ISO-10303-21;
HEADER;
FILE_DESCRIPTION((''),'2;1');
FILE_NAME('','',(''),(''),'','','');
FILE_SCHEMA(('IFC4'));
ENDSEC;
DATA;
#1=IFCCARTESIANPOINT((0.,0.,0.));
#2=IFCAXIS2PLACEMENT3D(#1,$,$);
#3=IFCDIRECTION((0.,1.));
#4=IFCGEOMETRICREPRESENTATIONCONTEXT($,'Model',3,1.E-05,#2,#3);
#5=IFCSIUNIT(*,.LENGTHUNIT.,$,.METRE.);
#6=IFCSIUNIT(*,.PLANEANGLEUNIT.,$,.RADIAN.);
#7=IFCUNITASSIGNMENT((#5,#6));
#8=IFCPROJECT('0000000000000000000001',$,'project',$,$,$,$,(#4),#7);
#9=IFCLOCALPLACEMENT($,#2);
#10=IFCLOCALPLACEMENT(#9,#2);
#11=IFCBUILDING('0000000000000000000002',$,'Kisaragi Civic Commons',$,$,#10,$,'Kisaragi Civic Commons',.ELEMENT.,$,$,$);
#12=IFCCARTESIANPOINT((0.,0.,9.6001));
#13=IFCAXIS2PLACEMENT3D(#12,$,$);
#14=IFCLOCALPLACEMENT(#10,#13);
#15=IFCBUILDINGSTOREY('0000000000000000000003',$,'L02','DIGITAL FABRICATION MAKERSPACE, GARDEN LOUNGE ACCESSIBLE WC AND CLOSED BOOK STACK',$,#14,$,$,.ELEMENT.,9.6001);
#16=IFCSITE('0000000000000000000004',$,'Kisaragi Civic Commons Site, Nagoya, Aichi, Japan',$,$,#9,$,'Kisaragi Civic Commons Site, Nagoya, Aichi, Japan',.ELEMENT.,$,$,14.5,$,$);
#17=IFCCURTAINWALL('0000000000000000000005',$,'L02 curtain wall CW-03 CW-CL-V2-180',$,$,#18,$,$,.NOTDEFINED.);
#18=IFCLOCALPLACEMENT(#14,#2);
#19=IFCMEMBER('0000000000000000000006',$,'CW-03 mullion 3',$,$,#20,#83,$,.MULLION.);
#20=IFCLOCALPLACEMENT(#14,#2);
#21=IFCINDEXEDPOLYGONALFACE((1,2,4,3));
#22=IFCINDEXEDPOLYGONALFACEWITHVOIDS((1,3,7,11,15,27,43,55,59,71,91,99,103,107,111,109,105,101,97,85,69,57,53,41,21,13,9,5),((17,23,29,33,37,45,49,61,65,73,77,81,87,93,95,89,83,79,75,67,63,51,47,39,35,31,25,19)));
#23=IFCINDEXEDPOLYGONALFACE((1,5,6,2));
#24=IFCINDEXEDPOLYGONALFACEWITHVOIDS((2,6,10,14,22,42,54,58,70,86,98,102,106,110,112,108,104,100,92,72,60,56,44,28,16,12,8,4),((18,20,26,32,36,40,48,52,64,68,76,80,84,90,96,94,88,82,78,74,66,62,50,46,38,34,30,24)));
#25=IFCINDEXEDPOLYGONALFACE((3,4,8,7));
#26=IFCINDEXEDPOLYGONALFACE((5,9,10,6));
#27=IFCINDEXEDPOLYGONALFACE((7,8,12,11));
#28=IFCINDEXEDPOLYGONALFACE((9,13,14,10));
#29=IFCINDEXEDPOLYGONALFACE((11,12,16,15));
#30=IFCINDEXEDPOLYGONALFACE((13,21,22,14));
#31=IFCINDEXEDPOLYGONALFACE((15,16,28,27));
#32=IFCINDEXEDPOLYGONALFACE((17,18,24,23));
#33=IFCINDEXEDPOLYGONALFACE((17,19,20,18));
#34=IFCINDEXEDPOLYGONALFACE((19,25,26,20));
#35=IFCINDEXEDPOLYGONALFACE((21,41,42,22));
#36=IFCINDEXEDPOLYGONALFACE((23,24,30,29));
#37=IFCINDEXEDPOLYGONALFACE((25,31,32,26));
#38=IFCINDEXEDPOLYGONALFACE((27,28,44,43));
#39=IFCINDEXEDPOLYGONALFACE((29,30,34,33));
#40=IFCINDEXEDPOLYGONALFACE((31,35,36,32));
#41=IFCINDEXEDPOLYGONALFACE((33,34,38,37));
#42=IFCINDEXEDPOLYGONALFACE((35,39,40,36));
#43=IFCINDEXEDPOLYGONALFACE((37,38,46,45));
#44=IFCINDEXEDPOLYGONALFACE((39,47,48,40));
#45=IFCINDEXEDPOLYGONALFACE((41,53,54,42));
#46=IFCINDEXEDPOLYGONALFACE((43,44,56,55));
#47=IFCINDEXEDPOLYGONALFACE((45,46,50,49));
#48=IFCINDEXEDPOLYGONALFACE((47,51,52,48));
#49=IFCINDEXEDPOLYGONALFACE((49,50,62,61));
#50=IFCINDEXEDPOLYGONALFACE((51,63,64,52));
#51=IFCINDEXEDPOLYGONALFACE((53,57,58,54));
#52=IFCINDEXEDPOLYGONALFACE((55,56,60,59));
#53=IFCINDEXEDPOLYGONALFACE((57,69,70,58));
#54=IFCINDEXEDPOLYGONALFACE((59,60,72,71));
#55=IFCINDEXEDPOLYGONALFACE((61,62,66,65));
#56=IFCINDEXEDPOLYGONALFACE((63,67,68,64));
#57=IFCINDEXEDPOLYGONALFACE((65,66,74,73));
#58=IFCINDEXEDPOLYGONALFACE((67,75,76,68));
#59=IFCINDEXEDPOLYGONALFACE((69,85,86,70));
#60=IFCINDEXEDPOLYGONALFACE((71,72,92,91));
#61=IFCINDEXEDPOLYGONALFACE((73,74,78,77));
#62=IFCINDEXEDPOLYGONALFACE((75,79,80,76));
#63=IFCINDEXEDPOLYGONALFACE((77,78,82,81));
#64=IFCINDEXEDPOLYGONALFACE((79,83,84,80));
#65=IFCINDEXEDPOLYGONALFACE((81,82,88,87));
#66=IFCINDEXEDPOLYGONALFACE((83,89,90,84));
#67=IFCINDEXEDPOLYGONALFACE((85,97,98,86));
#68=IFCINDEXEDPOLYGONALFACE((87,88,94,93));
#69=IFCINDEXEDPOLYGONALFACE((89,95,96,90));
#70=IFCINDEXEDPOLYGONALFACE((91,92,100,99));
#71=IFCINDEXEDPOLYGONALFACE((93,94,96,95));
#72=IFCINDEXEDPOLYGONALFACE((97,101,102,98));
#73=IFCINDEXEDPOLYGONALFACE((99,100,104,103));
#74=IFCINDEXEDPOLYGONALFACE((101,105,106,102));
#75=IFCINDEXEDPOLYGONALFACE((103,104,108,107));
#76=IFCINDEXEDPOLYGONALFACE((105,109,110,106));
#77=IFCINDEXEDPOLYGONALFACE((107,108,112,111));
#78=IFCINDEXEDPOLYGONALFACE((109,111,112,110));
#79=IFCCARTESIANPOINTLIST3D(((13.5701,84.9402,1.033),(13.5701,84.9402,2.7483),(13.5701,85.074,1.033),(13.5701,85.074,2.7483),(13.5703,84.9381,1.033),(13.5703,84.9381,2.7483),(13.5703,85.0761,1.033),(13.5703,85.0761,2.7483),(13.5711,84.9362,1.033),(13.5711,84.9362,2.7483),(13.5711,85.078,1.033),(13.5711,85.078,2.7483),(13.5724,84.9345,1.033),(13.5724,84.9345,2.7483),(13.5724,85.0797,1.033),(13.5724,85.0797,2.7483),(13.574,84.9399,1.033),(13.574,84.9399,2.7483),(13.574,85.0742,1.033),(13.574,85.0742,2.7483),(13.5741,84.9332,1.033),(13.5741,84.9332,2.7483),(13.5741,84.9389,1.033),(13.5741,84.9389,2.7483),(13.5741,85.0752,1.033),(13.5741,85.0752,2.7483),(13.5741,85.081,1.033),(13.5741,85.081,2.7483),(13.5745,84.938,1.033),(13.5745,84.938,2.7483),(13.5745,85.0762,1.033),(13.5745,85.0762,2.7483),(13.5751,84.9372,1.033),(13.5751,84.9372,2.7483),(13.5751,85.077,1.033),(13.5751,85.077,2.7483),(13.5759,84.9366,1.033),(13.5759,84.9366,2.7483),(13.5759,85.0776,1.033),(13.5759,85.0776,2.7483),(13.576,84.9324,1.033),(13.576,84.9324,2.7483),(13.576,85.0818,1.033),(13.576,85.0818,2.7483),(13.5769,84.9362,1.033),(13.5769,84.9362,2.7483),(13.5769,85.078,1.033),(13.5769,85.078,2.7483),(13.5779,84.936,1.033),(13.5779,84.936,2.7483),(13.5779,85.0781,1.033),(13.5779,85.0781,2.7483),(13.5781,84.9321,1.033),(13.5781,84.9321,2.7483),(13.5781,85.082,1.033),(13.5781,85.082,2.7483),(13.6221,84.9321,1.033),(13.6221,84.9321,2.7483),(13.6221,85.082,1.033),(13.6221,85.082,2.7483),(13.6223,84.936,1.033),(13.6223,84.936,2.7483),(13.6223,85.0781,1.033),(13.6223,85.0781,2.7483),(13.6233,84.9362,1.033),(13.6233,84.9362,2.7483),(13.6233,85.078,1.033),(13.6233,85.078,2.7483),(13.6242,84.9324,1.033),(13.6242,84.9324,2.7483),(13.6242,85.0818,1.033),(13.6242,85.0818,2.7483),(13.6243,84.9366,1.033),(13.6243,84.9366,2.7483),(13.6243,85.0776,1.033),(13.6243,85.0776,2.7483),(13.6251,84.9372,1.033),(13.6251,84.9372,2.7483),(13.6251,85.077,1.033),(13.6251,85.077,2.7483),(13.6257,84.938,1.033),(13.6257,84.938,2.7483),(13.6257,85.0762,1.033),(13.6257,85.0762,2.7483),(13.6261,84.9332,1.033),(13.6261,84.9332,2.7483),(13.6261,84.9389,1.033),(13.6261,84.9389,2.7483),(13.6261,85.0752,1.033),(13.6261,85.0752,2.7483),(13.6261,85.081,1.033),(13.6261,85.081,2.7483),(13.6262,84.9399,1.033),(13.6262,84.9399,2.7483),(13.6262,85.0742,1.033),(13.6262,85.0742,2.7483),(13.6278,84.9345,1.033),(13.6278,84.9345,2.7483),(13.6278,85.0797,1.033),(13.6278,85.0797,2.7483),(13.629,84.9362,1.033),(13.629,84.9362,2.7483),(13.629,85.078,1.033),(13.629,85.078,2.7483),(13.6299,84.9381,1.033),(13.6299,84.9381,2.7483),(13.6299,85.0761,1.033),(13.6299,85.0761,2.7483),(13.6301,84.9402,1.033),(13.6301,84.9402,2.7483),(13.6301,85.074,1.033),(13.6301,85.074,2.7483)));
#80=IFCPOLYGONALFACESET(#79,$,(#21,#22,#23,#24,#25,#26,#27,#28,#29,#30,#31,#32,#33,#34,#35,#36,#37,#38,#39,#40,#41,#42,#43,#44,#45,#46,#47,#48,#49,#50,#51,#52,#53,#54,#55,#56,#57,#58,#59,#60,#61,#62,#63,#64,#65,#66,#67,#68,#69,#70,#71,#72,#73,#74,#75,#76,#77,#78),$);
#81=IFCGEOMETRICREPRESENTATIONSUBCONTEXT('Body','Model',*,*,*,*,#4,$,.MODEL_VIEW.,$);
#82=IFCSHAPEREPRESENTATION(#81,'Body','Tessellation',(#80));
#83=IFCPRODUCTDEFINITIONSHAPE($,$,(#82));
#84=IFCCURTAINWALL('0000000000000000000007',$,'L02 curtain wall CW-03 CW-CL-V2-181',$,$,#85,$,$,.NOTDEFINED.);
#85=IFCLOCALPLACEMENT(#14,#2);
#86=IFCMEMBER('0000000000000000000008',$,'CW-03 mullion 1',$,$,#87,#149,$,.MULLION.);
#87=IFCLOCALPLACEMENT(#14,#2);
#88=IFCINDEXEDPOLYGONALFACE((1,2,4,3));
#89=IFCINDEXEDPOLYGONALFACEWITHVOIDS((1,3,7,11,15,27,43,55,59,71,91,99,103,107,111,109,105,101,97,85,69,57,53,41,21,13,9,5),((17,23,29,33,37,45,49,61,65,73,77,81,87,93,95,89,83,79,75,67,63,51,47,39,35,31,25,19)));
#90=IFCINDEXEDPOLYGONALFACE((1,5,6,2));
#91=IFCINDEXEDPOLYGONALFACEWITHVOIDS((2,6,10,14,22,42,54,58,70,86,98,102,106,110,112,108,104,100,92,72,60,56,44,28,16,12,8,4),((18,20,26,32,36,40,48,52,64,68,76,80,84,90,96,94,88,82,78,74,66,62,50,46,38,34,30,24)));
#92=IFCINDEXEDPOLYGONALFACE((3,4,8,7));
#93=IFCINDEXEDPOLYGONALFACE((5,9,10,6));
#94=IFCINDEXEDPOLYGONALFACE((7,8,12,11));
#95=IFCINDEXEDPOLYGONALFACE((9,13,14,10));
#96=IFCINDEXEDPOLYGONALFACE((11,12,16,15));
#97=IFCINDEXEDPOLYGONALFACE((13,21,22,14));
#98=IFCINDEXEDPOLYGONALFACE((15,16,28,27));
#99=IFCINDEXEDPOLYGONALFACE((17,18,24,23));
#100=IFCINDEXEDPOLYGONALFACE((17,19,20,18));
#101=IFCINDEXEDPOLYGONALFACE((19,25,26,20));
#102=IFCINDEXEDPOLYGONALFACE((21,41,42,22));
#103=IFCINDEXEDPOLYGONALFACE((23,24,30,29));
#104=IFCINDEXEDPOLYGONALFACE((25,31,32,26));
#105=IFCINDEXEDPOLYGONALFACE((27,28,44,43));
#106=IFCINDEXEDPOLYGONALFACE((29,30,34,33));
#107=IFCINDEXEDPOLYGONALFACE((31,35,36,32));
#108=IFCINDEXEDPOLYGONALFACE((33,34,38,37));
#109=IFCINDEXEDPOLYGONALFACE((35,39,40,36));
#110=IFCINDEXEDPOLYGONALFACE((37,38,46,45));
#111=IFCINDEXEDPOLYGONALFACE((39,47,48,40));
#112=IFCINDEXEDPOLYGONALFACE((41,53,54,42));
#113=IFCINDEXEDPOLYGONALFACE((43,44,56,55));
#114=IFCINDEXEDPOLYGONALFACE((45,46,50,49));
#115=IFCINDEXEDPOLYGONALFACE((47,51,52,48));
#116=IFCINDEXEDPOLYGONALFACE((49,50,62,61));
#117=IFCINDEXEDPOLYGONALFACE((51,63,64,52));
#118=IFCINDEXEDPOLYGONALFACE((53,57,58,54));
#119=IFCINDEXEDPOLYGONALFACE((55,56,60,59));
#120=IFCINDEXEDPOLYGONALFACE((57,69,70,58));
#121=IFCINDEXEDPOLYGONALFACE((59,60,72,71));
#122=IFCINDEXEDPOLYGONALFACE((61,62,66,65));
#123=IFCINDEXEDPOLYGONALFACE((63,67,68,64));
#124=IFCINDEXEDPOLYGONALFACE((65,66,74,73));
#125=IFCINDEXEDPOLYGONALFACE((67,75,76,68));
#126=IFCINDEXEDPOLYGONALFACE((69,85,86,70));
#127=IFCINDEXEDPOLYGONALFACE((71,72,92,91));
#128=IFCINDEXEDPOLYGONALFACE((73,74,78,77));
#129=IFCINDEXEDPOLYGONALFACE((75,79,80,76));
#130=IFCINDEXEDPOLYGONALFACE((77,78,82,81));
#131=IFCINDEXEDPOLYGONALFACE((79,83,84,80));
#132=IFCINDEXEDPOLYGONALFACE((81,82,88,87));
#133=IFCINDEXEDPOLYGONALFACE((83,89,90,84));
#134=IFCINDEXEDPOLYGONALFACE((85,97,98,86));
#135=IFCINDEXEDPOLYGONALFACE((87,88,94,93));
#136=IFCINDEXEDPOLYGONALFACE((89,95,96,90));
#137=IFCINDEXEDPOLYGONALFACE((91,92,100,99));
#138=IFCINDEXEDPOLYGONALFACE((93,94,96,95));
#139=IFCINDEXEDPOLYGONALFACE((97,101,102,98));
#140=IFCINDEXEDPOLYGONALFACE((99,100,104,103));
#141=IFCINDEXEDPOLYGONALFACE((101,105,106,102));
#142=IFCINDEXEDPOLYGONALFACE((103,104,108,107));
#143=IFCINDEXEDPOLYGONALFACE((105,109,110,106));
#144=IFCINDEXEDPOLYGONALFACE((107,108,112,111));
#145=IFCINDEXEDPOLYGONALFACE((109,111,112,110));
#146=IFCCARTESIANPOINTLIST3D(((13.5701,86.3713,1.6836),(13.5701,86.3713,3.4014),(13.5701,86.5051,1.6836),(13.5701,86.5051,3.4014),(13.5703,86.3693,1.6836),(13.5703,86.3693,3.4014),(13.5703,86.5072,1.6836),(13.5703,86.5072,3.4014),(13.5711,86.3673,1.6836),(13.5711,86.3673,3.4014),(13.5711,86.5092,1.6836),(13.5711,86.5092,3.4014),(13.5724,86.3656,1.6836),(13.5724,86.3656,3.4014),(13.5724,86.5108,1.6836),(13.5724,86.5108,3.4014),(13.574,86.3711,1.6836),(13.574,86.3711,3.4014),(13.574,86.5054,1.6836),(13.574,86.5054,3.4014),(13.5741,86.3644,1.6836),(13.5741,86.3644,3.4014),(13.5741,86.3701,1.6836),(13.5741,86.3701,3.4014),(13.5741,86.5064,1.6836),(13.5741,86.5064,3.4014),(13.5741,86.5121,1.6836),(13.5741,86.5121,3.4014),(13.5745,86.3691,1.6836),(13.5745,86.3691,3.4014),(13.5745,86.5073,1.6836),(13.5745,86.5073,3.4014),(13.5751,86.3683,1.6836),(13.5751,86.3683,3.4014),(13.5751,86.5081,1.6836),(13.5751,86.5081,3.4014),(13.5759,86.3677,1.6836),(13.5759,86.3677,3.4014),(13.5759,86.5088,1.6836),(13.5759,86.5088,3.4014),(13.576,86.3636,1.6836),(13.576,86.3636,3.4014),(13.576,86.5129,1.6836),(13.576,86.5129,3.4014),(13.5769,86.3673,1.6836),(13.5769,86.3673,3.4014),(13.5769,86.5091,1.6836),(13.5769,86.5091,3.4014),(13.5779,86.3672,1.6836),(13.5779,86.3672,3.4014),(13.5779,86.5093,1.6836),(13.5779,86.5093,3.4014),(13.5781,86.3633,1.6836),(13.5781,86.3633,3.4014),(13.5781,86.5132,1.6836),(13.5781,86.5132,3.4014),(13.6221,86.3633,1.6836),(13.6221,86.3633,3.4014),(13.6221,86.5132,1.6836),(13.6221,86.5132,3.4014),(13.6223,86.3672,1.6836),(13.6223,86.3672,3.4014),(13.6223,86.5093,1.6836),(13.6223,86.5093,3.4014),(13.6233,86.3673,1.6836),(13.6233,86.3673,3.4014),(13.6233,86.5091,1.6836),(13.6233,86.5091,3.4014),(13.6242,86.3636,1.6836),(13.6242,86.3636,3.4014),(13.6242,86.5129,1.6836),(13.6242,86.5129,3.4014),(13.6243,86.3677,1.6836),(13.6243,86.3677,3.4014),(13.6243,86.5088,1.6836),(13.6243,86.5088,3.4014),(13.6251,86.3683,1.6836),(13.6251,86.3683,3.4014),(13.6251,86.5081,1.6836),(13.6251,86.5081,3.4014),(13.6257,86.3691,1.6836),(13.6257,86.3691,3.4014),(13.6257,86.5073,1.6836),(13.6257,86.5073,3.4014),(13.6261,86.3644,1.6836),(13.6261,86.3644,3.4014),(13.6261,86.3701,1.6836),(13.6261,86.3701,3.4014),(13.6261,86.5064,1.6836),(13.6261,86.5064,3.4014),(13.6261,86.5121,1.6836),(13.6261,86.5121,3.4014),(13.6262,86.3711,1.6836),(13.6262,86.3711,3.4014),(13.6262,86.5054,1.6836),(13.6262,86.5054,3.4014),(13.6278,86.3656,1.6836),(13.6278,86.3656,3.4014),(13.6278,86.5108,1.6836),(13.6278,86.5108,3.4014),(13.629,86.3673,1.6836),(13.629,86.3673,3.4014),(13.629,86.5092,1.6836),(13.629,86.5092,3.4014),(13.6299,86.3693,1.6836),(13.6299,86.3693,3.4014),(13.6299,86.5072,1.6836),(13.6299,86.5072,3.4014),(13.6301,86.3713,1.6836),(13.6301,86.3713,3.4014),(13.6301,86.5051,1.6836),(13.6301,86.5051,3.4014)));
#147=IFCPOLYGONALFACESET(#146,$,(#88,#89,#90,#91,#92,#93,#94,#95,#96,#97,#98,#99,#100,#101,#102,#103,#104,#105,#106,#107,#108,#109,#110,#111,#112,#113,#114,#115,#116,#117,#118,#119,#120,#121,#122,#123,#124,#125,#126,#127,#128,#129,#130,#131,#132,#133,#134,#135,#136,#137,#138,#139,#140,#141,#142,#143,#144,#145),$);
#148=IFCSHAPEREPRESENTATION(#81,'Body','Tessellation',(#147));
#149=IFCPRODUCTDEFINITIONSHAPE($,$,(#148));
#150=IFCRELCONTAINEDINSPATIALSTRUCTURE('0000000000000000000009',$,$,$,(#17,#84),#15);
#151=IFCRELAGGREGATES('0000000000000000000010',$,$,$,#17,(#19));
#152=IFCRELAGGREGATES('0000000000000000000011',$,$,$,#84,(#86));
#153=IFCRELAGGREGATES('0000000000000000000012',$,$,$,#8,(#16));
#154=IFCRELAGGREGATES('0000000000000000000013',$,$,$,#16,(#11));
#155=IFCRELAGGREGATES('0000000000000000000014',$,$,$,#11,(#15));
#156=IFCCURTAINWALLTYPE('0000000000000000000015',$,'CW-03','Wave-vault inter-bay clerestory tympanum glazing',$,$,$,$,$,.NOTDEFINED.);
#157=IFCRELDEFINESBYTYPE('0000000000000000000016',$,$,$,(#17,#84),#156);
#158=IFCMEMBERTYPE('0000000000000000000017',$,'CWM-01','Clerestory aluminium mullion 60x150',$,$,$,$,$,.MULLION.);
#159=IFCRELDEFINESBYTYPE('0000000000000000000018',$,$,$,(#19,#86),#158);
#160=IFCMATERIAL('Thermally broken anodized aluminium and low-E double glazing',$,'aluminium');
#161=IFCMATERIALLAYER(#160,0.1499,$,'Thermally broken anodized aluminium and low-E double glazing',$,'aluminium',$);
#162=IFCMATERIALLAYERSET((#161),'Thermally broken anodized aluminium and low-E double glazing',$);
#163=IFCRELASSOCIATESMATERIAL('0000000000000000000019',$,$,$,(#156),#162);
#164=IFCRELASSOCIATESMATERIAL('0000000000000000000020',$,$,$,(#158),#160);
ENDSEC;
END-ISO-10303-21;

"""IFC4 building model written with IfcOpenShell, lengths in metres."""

from ifc_helpers import new_model, si_unit, direction, frame, origin, origin_2d, place, context, subcontext, project, spatial, hollow_rectangle, extrude, material, layer, layer_set, material_profile, profile_set, type_object, element, aggregate, save


model = new_model("IFC4")

# Units and contexts
model_context = context("Model", 3, precision=1e-05, world=origin(), true_north=direction((0.0, 1.0)))
body_context = subcontext(model_context, "Body", "Model", "MODEL_VIEW")
ifc_project = project(units=[si_unit("LENGTHUNIT", "METRE"), si_unit("PLANEANGLEUNIT", "RADIAN")], contexts=[model_context])

# Site, building, storey
site_placement = place(None, origin())
site = spatial("IfcSite", under=ifc_project, at=site_placement, Name="Kisaragi Civic Commons Site, Nagoya, Aichi, Japan", LongName="Kisaragi Civic Commons Site, Nagoya, Aichi, Japan", CompositionType="ELEMENT", RefElevation=14.5)
building_placement = place(site_placement, origin())
building = spatial("IfcBuilding", under=site, at=building_placement, Name="Kisaragi Civic Commons", LongName="Kisaragi Civic Commons", CompositionType="ELEMENT")
storey_placement = place(building_placement, frame((0.0, 0.0, 9.6001)))
storey = spatial("IfcBuildingStorey", under=building, at=storey_placement, Name="L02", Description="DIGITAL FABRICATION MAKERSPACE, GARDEN LOUNGE ACCESSIBLE WC AND CLOSED BOOK STACK", CompositionType="ELEMENT", Elevation=9.6001)

# Curtain walls, members
ifc_material_1 = material(Name="Thermally broken anodized aluminium and low-E double glazing", Category="aluminium")
ifc_layer_1 = layer(ifc_material_1, 0.1499, Name="Thermally broken anodized aluminium and low-E double glazing", Category="aluminium")
ifc_layer_set_1 = layer_set([ifc_layer_1], Name="Thermally broken anodized aluminium and low-E double glazing")
curtain_wall_type = type_object("IfcCurtainWallType", Name="CW-03", Description="Wave-vault inter-bay clerestory tympanum glazing", PredefinedType="NOTDEFINED", material=ifc_layer_set_1)
curtain_wall_1_placement = place(storey_placement, origin())
curtain_wall_1 = element("IfcCurtainWall", 1, at=curtain_wall_1_placement, inside=storey, type_object=curtain_wall_type, Name="L02 curtain wall CW-03 CW-CL-V2-180", PredefinedType="NOTDEFINED")
ifc_material_profile_1 = material_profile(ifc_material_1, hollow_rectangle(XDim=0.0601, YDim=0.1499, WallThickness=0.0039, InnerFilletRadius=0.0039, OuterFilletRadius=0.0081, at=origin_2d()), Name="CWM-60x150x4", Category="aluminium")
ifc_profile_set_1 = profile_set([ifc_material_profile_1], Name="Thermally broken anodized aluminium and low-E double glazing")
member_type_1 = type_object("IfcMemberType", Name="CWM-01", Description="Clerestory aluminium mullion 60x150", PredefinedType="MULLION", material=ifc_profile_set_1)
member_1_placement = place(storey_placement, frame((13.6001, 85.0071, 1.033), z_axis=(0.0, 0.0, 1.0), x_axis=(-1.0, 0.0, 0.0)))
member_1 = element("IfcMember", 2, at=member_1_placement, type_object=member_type_1, Name="CW-03 mullion 3", PredefinedType="MULLION", context=body_context, shape_type="SweptSolid", body=[
    extrude(hollow_rectangle(XDim=0.0601, YDim=0.1499, WallThickness=0.0039, InnerFilletRadius=0.0039, OuterFilletRadius=0.0081, at=origin_2d()), origin(), (0.0, 0.0, 1.0), 1.7153),
])
curtain_wall_2_placement = place(storey_placement, origin())
curtain_wall_2 = element("IfcCurtainWall", 3, at=curtain_wall_2_placement, inside=storey, type_object=curtain_wall_type, Name="L02 curtain wall CW-03 CW-CL-V2-181", PredefinedType="NOTDEFINED")
member_2_placement = place(storey_placement, frame((13.6001, 86.4382, 1.6836), z_axis=(0.0, 0.0, 1.0), x_axis=(-1.0, 0.0, 0.0)))
member_2 = element("IfcMember", 4, at=member_2_placement, type_object=member_type_1, Name="CW-03 mullion 1", PredefinedType="MULLION", context=body_context, shape_type="SweptSolid", body=[
    extrude(hollow_rectangle(XDim=0.0601, YDim=0.1499, WallThickness=0.0039, InnerFilletRadius=0.0039, OuterFilletRadius=0.0081, at=origin_2d()), origin(), (0.0, 0.0, 1.0), 1.7178),
])

aggregate(curtain_wall_1, [member_1])
aggregate(curtain_wall_2, [member_2])

save(model, "model.ifc")
